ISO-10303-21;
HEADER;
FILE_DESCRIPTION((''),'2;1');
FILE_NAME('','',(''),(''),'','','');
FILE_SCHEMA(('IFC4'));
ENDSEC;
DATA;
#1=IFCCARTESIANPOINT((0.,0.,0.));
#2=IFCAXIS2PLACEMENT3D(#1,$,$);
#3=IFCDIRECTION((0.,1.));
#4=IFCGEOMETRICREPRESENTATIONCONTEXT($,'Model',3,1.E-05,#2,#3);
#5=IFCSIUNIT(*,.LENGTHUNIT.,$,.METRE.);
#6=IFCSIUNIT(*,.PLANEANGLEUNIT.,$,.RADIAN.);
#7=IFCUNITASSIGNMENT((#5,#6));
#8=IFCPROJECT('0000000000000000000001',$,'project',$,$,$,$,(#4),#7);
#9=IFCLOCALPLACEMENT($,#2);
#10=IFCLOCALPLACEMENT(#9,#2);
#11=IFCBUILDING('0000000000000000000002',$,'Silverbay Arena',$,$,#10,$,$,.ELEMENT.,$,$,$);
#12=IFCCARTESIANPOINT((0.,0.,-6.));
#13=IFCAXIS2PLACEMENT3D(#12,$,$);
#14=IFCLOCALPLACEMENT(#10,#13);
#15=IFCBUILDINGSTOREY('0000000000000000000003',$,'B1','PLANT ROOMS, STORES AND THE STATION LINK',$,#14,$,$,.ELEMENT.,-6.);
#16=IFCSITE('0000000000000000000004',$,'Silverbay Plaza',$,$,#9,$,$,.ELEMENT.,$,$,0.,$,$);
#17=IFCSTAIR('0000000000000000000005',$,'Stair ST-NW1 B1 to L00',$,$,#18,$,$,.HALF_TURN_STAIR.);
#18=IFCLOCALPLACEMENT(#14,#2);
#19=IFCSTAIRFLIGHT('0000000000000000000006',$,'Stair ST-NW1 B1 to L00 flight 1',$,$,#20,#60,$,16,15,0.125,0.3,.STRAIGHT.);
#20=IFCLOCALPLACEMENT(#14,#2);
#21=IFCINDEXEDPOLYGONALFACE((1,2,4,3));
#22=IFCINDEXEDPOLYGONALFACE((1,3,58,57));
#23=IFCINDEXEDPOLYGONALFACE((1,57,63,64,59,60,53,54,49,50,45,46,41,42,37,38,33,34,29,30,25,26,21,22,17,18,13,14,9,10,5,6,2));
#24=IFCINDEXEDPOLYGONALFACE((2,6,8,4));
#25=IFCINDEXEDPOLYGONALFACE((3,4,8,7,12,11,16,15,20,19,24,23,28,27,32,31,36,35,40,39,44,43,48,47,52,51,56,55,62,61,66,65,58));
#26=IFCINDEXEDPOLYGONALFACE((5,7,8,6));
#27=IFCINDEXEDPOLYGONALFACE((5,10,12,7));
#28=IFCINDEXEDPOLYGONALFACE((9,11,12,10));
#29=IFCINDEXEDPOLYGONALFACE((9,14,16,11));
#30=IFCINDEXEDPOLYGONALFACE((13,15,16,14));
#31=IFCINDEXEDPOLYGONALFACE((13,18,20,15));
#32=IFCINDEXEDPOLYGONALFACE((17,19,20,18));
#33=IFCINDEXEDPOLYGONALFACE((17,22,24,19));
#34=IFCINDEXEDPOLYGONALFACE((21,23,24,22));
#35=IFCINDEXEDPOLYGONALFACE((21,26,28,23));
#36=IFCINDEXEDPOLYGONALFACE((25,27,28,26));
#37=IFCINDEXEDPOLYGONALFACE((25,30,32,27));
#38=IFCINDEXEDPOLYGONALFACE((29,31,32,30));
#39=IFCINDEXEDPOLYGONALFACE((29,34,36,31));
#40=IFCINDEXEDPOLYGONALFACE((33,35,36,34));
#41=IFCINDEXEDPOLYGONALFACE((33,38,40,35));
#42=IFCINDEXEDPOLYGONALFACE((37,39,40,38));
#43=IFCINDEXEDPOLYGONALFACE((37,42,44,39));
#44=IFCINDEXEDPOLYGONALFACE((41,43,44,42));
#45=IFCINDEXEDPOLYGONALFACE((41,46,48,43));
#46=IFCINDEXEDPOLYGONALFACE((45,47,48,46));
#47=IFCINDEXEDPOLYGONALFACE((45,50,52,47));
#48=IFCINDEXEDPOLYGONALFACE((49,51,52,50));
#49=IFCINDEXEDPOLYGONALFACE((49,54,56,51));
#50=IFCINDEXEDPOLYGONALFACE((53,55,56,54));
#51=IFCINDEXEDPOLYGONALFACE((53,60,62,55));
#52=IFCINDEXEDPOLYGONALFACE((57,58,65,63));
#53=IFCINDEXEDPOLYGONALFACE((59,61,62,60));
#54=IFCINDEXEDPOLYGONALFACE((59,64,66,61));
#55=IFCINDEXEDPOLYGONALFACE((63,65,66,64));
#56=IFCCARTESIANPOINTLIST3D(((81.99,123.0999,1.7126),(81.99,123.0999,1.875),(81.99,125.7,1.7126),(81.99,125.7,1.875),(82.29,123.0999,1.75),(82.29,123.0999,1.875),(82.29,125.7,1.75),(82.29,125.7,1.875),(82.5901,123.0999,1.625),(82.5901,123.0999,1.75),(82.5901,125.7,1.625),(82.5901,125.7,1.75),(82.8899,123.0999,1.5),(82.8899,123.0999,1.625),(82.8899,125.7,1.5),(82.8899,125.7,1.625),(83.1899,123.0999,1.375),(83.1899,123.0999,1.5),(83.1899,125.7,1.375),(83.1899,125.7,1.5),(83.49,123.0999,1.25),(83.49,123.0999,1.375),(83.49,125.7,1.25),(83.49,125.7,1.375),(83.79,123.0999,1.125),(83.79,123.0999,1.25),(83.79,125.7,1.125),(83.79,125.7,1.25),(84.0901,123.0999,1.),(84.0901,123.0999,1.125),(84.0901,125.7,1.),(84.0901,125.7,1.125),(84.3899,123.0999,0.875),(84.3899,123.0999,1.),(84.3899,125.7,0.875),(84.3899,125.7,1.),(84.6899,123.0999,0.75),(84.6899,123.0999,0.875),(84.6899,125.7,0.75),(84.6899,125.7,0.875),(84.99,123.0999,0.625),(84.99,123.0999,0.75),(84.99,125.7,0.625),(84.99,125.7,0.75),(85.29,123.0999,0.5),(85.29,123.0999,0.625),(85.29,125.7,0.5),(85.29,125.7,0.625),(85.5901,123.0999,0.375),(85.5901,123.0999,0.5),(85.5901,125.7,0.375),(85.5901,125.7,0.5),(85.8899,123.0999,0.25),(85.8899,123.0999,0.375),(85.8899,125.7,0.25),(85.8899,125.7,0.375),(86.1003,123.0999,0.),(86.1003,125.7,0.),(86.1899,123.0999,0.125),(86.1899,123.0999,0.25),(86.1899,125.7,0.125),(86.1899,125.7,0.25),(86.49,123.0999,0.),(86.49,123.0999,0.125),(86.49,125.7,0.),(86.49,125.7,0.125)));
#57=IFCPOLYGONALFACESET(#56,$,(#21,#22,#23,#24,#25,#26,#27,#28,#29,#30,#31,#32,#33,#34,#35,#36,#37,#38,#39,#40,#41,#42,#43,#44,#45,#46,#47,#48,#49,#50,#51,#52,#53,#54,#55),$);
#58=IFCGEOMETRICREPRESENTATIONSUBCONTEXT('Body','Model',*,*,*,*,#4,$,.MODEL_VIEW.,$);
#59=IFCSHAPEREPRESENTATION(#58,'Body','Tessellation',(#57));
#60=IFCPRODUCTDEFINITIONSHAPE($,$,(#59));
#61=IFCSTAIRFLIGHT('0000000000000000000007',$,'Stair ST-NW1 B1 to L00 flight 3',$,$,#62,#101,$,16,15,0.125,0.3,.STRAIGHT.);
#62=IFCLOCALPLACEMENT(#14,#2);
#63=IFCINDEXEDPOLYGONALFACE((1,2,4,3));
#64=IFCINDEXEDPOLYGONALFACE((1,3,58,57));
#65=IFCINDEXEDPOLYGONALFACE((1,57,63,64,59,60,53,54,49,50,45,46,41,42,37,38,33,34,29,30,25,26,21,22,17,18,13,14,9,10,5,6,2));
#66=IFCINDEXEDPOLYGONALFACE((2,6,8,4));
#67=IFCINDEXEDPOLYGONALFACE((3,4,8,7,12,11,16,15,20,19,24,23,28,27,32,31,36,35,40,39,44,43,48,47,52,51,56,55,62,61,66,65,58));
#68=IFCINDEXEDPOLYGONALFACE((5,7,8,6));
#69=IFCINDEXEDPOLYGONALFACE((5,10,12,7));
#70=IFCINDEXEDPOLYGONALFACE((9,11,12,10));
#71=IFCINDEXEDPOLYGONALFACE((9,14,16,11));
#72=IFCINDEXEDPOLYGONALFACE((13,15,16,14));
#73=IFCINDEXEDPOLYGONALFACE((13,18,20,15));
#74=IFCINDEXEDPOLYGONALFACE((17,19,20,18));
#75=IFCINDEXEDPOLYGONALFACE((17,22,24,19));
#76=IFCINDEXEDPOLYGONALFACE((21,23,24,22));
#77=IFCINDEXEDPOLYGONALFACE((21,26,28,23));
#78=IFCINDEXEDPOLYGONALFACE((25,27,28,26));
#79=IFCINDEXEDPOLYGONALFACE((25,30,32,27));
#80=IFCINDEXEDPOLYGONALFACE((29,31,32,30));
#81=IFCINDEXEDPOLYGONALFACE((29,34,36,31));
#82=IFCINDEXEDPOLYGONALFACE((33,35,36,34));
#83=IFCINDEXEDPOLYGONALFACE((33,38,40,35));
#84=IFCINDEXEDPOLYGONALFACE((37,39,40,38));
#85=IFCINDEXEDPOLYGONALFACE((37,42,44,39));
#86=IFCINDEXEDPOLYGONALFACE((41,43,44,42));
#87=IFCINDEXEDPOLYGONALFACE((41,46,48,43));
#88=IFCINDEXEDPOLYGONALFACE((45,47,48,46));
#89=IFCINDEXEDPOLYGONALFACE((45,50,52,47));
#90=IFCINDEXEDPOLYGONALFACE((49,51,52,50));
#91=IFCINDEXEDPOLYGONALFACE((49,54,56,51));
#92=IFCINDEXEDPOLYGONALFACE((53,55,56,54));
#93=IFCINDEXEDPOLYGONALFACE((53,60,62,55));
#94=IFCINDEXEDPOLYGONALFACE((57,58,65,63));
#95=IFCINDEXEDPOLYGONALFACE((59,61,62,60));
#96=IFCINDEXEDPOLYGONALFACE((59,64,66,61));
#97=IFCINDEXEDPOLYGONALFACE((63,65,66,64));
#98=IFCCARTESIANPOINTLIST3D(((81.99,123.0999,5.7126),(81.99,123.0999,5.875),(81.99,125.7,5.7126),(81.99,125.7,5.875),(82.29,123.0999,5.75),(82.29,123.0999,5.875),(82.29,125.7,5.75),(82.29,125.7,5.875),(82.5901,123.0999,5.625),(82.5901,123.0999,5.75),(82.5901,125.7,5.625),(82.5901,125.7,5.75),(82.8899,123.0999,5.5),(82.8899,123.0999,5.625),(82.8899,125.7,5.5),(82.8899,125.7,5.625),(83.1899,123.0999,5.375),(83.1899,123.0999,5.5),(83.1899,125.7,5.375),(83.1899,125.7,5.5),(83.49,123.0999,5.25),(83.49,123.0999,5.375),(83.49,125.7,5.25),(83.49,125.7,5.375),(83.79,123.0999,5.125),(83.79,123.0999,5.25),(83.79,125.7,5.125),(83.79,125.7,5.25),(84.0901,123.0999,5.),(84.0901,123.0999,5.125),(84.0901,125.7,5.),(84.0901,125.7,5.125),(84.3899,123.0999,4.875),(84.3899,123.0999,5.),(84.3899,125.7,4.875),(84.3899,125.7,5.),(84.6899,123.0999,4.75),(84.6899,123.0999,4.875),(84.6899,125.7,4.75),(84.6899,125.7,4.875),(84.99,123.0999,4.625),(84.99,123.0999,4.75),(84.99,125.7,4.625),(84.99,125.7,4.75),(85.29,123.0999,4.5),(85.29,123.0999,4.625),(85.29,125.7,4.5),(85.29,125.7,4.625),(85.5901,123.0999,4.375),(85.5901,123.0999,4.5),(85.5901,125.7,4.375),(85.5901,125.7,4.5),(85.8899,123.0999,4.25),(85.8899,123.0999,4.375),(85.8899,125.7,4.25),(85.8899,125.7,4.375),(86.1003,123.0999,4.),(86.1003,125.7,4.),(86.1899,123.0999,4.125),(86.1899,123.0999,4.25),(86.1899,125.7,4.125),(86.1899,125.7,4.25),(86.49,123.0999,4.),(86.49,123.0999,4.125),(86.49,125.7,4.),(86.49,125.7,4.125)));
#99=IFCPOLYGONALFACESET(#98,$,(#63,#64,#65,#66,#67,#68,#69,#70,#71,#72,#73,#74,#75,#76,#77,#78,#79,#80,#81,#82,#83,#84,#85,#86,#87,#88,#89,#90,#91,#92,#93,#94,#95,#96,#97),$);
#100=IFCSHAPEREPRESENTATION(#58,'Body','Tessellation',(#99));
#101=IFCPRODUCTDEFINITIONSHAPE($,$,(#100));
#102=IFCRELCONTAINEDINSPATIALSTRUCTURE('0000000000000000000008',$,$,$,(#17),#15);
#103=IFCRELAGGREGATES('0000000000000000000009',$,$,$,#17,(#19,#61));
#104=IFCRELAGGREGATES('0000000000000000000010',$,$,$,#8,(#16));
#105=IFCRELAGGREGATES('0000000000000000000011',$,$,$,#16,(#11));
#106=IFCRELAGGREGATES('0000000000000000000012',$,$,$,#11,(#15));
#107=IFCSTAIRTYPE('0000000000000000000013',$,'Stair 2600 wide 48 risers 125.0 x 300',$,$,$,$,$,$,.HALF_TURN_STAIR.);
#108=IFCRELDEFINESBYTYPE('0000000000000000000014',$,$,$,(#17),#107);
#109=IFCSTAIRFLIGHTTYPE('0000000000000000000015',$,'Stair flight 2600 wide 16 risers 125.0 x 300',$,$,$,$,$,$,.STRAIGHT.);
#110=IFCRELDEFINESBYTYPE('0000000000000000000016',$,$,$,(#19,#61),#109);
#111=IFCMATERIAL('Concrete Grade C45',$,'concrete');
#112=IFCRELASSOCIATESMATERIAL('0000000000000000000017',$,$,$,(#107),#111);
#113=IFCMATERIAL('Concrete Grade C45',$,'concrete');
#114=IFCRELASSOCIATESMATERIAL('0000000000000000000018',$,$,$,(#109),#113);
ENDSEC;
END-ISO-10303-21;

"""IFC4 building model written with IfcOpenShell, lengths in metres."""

from ifc_helpers import new_model, si_unit, direction, frame, origin, place, context, subcontext, project, spatial, polyline, outline, extrude, material, type_object, element, aggregate, save


model = new_model("IFC4")

# Units and contexts
model_context = context("Model", 3, precision=1e-05, world=origin(), true_north=direction((0.0, 1.0)))
body_context = subcontext(model_context, "Body", "Model", "MODEL_VIEW")
ifc_project = project(units=[si_unit("LENGTHUNIT", "METRE"), si_unit("PLANEANGLEUNIT", "RADIAN")], contexts=[model_context])

# Site, building, storey
site_placement = place(None, origin())
site = spatial("IfcSite", under=ifc_project, at=site_placement, Name="Silverbay Plaza", CompositionType="ELEMENT", RefElevation=0.0)
building_placement = place(site_placement, origin())
building = spatial("IfcBuilding", under=site, at=building_placement, Name="Silverbay Arena", CompositionType="ELEMENT")
storey_placement = place(building_placement, frame((0.0, 0.0, -6.0)))
storey = spatial("IfcBuildingStorey", under=building, at=storey_placement, Name="B1", Description="PLANT ROOMS, STORES AND THE STATION LINK", CompositionType="ELEMENT", Elevation=-6.0)

# Stair, stair flights
ifc_material_1 = material(Name="Concrete Grade C45", Category="concrete")
stair_type = type_object("IfcStairType", Name="Stair 2600 wide 48 risers 125.0 x 300", PredefinedType="HALF_TURN_STAIR", material=ifc_material_1)
stair_placement = place(storey_placement, origin())
stair = element("IfcStair", 1, at=stair_placement, inside=storey, type_object=stair_type, Name="Stair ST-NW1 B1 to L00", PredefinedType="HALF_TURN_STAIR")
ifc_material_2 = material(Name="Concrete Grade C45", Category="concrete")
stair_flight_type = type_object("IfcStairFlightType", Name="Stair flight 2600 wide 16 risers 125.0 x 300", PredefinedType="STRAIGHT", material=ifc_material_2)
stair_flight_1_placement = place(storey_placement, frame((86.49, 124.3999, 0.0), z_axis=(0.0, 0.0, 1.0), x_axis=(-1.0, 0.0, 0.0)))
stair_flight_1 = element("IfcStairFlight", 2, at=stair_flight_1_placement, type_object=stair_flight_type, Name="Stair ST-NW1 B1 to L00 flight 1", NumberOfRisers=16, NumberOfTreads=15, PredefinedType="STRAIGHT", RiserHeight=0.125, TreadLength=0.3, context=body_context, shape_type="SweptSolid", body=[
    extrude(outline(polyline([(0.0, 0.0), (0.0, 0.125), (0.3, 0.125), (0.3, 0.25), (0.6001, 0.25), (0.6001, 0.375), (0.8999, 0.375), (0.8999, 0.5), (1.2, 0.5), (1.2, 0.625), (1.5, 0.625), (1.5, 0.75), (1.8, 0.75), (1.8, 0.875), (2.1001, 0.875), (2.1001, 1.0), (2.3999, 1.0), (2.3999, 1.125), (2.7, 1.125), (2.7, 1.25), (3.0, 1.25), (3.0, 1.375), (3.3, 1.375), (3.3, 1.5), (3.6001, 1.5), (3.6001, 1.625), (3.8999, 1.625), (3.8999, 1.75), (4.2, 1.75), (4.2, 1.875), (4.5, 1.875), (4.5, 1.7126), (0.3896, 0.0), (0.0, 0.0)])), frame((0.0, 1.3, 0.0), z_axis=(0.0, -1.0, 0.0), x_axis=(1.0, 0.0, 0.0)), (0.0, 0.0, 1.0), 2.6001),
])
stair_flight_2_placement = place(storey_placement, frame((86.49, 124.3999, 4.0), z_axis=(0.0, 0.0, 1.0), x_axis=(-1.0, 0.0, 0.0)))
stair_flight_2 = element("IfcStairFlight", 3, at=stair_flight_2_placement, type_object=stair_flight_type, Name="Stair ST-NW1 B1 to L00 flight 3", NumberOfRisers=16, NumberOfTreads=15, PredefinedType="STRAIGHT", RiserHeight=0.125, TreadLength=0.3, context=body_context, shape_type="SweptSolid", body=[
    extrude(outline(polyline([(0.0, 0.0), (0.0, 0.125), (0.3, 0.125), (0.3, 0.25), (0.6001, 0.25), (0.6001, 0.375), (0.8999, 0.375), (0.8999, 0.5), (1.2, 0.5), (1.2, 0.625), (1.5, 0.625), (1.5, 0.75), (1.8, 0.75), (1.8, 0.875), (2.1001, 0.875), (2.1001, 1.0), (2.3999, 1.0), (2.3999, 1.125), (2.7, 1.125), (2.7, 1.25), (3.0, 1.25), (3.0, 1.375), (3.3, 1.375), (3.3, 1.5), (3.6001, 1.5), (3.6001, 1.625), (3.8999, 1.625), (3.8999, 1.75), (4.2, 1.75), (4.2, 1.875), (4.5, 1.875), (4.5, 1.7126), (0.3896, 0.0), (0.0, 0.0)])), frame((0.0, 1.3, 0.0), z_axis=(0.0, -1.0, 0.0), x_axis=(1.0, 0.0, 0.0)), (0.0, 0.0, 1.0), 2.6001),
])
aggregate(stair, [stair_flight_1, stair_flight_2])

save(model, "model.ifc")
